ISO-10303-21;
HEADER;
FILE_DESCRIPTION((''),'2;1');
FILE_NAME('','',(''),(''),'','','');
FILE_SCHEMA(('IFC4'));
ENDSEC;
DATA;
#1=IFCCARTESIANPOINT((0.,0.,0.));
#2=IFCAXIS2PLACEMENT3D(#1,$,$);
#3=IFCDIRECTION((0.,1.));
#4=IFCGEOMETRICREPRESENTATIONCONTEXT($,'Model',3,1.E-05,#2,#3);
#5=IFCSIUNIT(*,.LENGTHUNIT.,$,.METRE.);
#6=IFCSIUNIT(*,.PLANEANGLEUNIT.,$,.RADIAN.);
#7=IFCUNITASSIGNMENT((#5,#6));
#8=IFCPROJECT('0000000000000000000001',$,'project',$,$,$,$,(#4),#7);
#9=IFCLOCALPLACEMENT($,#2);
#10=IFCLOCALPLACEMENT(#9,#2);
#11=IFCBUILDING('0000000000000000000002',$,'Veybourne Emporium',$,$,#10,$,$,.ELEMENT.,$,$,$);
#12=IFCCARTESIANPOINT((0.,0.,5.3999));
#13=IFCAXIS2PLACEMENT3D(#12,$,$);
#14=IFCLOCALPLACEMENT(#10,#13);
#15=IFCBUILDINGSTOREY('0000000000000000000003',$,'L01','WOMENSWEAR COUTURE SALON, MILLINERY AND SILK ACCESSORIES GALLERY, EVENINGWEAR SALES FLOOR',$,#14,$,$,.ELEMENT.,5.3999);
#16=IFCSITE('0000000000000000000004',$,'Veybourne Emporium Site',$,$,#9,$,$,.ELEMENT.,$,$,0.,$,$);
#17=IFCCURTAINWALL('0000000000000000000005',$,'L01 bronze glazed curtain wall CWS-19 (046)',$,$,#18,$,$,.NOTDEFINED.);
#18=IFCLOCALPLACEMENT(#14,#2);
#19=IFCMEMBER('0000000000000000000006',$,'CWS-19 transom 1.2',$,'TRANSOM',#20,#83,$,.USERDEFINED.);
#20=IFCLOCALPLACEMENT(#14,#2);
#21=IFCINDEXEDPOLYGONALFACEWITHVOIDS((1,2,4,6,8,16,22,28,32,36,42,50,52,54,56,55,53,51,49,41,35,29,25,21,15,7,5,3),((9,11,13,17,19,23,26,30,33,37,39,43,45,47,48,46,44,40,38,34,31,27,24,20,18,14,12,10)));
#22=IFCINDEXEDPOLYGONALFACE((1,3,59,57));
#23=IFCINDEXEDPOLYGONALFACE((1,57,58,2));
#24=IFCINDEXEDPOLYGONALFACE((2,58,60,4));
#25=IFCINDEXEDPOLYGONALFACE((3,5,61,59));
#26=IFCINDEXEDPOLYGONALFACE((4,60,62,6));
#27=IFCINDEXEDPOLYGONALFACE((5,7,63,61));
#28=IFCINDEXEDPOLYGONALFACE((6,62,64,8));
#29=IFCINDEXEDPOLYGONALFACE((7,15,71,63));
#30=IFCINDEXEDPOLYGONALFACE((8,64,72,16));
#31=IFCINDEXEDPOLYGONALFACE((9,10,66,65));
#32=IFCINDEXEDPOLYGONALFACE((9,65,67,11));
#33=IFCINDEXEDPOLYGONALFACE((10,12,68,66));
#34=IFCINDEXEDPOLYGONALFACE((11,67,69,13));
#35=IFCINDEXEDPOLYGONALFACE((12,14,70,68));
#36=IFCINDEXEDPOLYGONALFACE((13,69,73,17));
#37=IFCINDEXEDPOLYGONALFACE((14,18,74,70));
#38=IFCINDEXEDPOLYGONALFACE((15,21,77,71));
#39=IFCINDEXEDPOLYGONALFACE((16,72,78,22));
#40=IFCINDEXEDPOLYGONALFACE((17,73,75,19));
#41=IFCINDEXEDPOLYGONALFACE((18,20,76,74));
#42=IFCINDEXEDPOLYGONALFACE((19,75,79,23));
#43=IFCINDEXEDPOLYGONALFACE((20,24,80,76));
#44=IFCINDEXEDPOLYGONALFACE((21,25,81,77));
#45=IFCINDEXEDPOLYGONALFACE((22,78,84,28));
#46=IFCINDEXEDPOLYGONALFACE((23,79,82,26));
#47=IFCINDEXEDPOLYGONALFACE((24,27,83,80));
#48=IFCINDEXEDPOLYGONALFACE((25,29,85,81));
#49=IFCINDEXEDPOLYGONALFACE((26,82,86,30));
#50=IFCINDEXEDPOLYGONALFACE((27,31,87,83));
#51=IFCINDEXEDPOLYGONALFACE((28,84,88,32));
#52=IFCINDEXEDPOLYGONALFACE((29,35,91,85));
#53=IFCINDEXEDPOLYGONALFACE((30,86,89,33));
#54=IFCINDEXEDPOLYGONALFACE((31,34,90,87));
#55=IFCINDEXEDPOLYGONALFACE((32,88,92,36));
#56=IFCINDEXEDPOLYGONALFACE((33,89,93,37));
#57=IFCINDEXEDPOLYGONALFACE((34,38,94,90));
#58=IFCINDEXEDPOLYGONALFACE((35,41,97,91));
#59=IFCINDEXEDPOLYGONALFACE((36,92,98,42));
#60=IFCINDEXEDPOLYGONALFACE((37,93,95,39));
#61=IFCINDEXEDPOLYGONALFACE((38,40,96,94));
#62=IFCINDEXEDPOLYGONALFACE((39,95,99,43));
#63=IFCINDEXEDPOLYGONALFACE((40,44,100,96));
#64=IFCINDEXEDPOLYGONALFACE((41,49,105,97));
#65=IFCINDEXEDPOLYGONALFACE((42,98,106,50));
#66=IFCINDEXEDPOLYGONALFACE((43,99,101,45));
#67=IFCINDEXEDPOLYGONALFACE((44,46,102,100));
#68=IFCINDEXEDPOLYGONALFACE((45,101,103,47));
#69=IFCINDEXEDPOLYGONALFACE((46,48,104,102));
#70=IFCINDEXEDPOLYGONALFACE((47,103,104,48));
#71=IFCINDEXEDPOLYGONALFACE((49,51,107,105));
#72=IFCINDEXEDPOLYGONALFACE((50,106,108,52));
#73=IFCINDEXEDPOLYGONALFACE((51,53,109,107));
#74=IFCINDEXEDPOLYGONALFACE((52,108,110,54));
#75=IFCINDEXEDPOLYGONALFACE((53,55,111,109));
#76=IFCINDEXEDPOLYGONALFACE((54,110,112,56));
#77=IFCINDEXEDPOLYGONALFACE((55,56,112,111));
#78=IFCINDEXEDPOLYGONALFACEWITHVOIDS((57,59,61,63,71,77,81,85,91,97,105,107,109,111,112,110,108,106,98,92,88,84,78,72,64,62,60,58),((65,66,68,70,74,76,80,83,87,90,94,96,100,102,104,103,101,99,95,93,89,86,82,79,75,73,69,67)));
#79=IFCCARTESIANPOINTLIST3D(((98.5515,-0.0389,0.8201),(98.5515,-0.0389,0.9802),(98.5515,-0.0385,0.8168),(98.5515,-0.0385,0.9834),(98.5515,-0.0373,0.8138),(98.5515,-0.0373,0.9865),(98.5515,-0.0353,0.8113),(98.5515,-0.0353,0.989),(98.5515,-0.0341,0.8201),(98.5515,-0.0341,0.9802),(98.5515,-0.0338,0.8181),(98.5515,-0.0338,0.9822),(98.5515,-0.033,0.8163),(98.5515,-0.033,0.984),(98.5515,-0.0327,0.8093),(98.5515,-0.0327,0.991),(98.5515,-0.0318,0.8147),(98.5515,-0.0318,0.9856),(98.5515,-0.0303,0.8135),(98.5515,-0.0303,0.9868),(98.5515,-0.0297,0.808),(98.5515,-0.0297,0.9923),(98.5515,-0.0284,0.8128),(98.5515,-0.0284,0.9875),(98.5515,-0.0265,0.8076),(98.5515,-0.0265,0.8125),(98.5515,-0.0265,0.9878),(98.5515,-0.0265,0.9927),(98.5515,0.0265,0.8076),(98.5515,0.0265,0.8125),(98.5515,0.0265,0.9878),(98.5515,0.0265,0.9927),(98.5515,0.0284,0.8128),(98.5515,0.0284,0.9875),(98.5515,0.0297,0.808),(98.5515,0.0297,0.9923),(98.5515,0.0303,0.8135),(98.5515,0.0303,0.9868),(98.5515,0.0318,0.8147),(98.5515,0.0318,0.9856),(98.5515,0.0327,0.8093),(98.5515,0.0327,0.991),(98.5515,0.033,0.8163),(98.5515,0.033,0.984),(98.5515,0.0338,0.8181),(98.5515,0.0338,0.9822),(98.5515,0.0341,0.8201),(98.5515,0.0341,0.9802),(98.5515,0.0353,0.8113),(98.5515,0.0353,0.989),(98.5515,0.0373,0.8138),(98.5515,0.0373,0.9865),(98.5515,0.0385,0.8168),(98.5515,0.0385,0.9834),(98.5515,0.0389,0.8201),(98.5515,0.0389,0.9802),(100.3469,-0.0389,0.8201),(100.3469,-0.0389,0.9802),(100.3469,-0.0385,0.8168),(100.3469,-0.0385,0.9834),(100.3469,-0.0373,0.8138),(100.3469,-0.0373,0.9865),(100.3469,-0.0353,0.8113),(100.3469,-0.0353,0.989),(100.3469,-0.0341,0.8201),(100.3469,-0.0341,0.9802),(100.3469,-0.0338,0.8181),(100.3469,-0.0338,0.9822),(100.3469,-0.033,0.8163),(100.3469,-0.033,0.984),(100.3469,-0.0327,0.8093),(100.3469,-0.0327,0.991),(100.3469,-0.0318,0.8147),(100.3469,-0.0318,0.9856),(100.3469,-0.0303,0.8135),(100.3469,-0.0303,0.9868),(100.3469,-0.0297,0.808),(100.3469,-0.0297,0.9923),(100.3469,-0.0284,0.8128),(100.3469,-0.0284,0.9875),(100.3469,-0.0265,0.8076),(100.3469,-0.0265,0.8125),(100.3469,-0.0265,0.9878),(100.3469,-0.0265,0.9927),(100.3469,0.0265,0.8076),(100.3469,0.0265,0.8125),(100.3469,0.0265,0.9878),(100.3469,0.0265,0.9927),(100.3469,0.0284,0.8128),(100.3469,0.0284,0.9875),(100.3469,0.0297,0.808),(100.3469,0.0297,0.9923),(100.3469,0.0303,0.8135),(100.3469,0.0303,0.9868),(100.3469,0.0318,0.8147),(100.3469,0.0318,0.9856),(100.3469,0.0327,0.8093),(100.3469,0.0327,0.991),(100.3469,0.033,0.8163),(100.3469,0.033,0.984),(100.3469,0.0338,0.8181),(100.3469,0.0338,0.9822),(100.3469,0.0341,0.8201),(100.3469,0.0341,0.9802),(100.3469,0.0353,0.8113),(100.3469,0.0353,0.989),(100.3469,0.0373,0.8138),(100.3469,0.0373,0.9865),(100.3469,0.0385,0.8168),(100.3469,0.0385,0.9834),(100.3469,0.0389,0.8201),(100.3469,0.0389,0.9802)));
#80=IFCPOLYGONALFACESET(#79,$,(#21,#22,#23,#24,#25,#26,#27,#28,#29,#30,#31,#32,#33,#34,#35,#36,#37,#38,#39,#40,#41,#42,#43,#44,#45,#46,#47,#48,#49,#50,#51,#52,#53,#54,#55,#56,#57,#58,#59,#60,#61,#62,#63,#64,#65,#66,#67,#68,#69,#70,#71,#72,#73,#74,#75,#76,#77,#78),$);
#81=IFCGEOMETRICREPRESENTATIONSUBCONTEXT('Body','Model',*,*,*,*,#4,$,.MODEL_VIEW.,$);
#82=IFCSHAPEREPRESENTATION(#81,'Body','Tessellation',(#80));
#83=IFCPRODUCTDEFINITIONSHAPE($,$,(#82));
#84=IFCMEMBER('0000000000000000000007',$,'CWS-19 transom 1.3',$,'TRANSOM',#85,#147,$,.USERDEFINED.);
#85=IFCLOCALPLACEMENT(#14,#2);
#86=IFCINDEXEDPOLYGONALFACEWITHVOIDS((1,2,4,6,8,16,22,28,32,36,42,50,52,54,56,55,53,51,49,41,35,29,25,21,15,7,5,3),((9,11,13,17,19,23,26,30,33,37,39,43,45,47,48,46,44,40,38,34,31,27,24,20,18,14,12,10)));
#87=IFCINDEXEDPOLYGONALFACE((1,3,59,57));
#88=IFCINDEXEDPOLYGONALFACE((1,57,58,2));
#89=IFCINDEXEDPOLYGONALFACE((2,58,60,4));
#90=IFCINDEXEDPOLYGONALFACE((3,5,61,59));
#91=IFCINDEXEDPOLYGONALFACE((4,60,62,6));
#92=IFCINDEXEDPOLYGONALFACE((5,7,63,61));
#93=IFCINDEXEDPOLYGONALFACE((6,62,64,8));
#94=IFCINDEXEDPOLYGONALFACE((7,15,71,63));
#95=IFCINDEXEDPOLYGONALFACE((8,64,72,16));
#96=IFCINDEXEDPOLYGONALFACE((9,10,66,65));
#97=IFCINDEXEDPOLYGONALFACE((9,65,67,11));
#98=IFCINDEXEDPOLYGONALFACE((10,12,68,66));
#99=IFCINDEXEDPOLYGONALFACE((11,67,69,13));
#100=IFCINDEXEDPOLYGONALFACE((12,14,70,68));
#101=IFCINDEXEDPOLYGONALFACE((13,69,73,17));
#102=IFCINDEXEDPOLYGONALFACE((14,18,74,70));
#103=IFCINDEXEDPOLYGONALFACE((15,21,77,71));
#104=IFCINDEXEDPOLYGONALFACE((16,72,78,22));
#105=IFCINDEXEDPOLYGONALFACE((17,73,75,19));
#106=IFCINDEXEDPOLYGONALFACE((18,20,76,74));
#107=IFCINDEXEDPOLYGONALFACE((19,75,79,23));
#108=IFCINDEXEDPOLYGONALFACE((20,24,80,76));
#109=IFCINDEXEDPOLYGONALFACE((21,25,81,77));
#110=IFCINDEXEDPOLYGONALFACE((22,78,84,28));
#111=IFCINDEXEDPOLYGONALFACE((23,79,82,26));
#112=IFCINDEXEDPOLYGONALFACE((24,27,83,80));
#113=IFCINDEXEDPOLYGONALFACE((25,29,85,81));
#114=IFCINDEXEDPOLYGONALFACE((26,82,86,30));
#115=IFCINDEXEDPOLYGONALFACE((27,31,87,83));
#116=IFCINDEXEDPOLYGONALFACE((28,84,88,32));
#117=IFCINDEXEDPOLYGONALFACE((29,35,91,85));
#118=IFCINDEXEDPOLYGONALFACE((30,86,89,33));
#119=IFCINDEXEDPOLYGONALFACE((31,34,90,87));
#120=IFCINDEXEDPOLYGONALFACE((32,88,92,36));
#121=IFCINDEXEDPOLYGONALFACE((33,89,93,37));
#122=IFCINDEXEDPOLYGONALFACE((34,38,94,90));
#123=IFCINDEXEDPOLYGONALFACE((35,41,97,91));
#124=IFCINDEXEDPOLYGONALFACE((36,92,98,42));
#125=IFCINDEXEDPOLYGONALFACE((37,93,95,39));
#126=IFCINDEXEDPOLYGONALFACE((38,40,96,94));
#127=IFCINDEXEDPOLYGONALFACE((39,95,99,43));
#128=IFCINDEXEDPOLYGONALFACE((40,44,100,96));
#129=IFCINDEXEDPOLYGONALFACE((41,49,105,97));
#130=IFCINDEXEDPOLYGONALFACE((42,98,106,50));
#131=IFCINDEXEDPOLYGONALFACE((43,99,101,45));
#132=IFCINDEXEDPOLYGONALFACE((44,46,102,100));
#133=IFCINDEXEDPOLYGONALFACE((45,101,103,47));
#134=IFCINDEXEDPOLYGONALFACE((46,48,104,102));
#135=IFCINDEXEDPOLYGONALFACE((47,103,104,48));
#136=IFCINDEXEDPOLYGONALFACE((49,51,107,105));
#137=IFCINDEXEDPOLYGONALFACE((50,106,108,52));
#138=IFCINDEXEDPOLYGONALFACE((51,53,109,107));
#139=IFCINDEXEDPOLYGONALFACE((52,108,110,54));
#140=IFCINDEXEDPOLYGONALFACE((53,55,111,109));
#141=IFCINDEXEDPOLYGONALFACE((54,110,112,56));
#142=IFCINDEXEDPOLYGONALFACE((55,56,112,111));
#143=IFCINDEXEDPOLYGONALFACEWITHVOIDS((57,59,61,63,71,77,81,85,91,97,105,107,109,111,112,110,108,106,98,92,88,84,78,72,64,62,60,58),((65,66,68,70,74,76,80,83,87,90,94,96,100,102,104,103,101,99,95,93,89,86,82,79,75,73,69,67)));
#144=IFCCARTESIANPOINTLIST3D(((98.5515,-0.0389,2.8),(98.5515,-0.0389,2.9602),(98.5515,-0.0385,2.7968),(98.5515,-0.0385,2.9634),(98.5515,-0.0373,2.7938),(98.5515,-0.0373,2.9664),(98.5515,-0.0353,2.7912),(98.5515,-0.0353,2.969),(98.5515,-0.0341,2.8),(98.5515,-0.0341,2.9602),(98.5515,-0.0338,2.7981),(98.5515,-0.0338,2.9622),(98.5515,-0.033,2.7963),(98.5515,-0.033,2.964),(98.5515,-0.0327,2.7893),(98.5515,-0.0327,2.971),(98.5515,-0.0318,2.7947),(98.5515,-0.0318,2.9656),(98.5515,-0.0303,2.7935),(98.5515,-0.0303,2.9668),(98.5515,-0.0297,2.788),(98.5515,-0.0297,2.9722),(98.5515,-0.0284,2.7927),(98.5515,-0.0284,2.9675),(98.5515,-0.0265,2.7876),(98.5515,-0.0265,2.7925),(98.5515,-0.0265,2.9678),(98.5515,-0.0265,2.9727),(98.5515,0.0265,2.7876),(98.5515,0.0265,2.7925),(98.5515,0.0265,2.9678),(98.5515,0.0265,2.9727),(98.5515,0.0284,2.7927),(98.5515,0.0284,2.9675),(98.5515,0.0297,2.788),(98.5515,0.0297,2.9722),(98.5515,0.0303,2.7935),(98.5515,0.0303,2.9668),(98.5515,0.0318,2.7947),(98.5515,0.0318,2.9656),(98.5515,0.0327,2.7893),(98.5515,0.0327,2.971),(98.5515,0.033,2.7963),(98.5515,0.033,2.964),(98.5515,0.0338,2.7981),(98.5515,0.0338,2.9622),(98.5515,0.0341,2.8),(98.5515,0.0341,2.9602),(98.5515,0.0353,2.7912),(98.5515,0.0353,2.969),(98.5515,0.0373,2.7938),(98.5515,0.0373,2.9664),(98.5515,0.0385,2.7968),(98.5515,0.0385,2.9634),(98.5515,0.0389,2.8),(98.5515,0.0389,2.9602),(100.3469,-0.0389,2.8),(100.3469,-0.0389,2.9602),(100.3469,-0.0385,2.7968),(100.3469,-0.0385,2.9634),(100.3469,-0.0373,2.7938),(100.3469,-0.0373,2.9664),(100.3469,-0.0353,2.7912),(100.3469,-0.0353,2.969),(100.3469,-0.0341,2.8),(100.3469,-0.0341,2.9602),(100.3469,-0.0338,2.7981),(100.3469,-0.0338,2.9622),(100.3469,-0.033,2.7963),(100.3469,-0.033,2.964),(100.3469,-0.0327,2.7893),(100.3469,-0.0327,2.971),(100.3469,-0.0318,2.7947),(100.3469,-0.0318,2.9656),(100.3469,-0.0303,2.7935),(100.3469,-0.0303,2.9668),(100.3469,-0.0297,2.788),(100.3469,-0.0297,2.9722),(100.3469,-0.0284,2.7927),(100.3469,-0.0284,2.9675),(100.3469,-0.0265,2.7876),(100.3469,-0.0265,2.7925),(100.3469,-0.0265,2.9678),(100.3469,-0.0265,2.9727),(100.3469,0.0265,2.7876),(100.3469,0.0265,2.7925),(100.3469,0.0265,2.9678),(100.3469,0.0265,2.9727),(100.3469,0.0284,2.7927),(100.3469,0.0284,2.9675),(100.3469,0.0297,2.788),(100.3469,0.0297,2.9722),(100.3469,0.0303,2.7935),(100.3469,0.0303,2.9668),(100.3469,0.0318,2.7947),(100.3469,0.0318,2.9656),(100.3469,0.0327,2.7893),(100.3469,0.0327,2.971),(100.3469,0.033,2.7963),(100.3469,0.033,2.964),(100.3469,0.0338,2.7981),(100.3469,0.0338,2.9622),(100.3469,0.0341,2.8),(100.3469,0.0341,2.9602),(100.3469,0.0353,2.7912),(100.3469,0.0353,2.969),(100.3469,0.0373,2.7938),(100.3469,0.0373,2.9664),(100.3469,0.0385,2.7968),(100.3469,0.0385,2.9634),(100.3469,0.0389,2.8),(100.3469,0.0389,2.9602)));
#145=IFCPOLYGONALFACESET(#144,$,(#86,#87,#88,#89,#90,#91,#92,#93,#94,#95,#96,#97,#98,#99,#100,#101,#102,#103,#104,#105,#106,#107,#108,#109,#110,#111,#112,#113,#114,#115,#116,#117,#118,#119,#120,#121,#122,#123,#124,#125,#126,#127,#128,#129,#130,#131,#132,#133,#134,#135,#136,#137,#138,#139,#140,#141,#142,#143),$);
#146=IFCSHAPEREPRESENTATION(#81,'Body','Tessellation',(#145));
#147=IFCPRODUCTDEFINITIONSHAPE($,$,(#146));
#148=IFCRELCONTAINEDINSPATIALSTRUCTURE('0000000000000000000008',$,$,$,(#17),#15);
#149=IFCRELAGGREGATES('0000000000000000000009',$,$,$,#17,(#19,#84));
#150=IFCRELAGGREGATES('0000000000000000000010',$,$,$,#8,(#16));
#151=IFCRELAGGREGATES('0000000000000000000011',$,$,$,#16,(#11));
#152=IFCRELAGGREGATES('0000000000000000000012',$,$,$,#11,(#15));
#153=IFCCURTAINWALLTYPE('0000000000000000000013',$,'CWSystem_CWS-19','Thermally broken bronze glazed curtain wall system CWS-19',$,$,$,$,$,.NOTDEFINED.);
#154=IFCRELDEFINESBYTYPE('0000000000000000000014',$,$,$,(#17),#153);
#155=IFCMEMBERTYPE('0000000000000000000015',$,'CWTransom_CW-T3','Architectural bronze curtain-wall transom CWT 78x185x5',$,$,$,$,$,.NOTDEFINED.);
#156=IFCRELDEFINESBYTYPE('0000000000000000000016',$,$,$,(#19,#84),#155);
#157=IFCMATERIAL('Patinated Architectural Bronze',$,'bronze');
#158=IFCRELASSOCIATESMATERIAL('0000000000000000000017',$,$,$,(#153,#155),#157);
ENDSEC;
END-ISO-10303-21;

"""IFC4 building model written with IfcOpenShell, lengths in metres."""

from ifc_helpers import new_model, si_unit, direction, frame, origin, origin_2d, place, context, subcontext, project, spatial, hollow_rectangle, extrude, material, material_profile, profile_set, type_object, element, aggregate, save


model = new_model("IFC4")

# Units and contexts
model_context = context("Model", 3, precision=1e-05, world=origin(), true_north=direction((0.0, 1.0)))
body_context = subcontext(model_context, "Body", "Model", "MODEL_VIEW")
ifc_project = project(units=[si_unit("LENGTHUNIT", "METRE"), si_unit("PLANEANGLEUNIT", "RADIAN")], contexts=[model_context])

# Site, building, storey
site_placement = place(None, origin())
site = spatial("IfcSite", under=ifc_project, at=site_placement, Name="Veybourne Emporium Site", CompositionType="ELEMENT", RefElevation=0.0)
building_placement = place(site_placement, origin())
building = spatial("IfcBuilding", under=site, at=building_placement, Name="Veybourne Emporium", CompositionType="ELEMENT")
storey_placement = place(building_placement, frame((0.0, 0.0, 5.3999)))
storey = spatial("IfcBuildingStorey", under=building, at=storey_placement, Name="L01", Description="WOMENSWEAR COUTURE SALON, MILLINERY AND SILK ACCESSORIES GALLERY, EVENINGWEAR SALES FLOOR", CompositionType="ELEMENT", Elevation=5.3999)

# Curtain wall, members
ifc_material_1 = material(Name="Patinated Architectural Bronze", Category="bronze")
curtain_wall_type = type_object("IfcCurtainWallType", Name="CWSystem_CWS-19", Description="Thermally broken bronze glazed curtain wall system CWS-19", PredefinedType="NOTDEFINED", material=ifc_material_1)
curtain_wall_placement = place(storey_placement, origin())
curtain_wall = element("IfcCurtainWall", 1, at=curtain_wall_placement, inside=storey, type_object=curtain_wall_type, Name="L01 bronze glazed curtain wall CWS-19 (046)", PredefinedType="NOTDEFINED")
ifc_material_profile_1 = material_profile(ifc_material_1, hollow_rectangle(XDim=0.0779, YDim=0.1851, WallThickness=0.0049, InnerFilletRadius=0.0076, OuterFilletRadius=0.0125, at=origin_2d()), Name="CWT 78x185x5")
ifc_profile_set_1 = profile_set([ifc_material_profile_1], Name="Patinated Architectural Bronze")
member_type_1 = type_object("IfcMemberType", Name="CWTransom_CW-T3", Description="Architectural bronze curtain-wall transom CWT 78x185x5", PredefinedType="NOTDEFINED", material=ifc_profile_set_1)
member_1_placement = place(storey_placement, frame((100.3469, 0.0, 0.9001), z_axis=(-1.0, 0.0, 0.0), x_axis=(0.0, -1.0, 0.0)))
member_1 = element("IfcMember", 2, at=member_1_placement, type_object=member_type_1, Name="CWS-19 transom 1.2", ObjectType="TRANSOM", PredefinedType="USERDEFINED", context=body_context, shape_type="SweptSolid", body=[
    extrude(hollow_rectangle(XDim=0.0779, YDim=0.1851, WallThickness=0.0049, InnerFilletRadius=0.0076, OuterFilletRadius=0.0125, at=origin_2d()), origin(), (0.0, 0.0, 1.0), 1.7954),
])
member_2_placement = place(storey_placement, frame((100.3469, 0.0, 2.8801), z_axis=(-1.0, 0.0, 0.0), x_axis=(0.0, -1.0, 0.0)))
member_2 = element("IfcMember", 3, at=member_2_placement, type_object=member_type_1, Name="CWS-19 transom 1.3", ObjectType="TRANSOM", PredefinedType="USERDEFINED", context=body_context, shape_type="SweptSolid", body=[
    extrude(hollow_rectangle(XDim=0.0779, YDim=0.1851, WallThickness=0.0049, InnerFilletRadius=0.0076, OuterFilletRadius=0.0125, at=origin_2d()), origin(), (0.0, 0.0, 1.0), 1.7954),
])

aggregate(curtain_wall, [member_1, member_2])

save(model, "model.ifc")
